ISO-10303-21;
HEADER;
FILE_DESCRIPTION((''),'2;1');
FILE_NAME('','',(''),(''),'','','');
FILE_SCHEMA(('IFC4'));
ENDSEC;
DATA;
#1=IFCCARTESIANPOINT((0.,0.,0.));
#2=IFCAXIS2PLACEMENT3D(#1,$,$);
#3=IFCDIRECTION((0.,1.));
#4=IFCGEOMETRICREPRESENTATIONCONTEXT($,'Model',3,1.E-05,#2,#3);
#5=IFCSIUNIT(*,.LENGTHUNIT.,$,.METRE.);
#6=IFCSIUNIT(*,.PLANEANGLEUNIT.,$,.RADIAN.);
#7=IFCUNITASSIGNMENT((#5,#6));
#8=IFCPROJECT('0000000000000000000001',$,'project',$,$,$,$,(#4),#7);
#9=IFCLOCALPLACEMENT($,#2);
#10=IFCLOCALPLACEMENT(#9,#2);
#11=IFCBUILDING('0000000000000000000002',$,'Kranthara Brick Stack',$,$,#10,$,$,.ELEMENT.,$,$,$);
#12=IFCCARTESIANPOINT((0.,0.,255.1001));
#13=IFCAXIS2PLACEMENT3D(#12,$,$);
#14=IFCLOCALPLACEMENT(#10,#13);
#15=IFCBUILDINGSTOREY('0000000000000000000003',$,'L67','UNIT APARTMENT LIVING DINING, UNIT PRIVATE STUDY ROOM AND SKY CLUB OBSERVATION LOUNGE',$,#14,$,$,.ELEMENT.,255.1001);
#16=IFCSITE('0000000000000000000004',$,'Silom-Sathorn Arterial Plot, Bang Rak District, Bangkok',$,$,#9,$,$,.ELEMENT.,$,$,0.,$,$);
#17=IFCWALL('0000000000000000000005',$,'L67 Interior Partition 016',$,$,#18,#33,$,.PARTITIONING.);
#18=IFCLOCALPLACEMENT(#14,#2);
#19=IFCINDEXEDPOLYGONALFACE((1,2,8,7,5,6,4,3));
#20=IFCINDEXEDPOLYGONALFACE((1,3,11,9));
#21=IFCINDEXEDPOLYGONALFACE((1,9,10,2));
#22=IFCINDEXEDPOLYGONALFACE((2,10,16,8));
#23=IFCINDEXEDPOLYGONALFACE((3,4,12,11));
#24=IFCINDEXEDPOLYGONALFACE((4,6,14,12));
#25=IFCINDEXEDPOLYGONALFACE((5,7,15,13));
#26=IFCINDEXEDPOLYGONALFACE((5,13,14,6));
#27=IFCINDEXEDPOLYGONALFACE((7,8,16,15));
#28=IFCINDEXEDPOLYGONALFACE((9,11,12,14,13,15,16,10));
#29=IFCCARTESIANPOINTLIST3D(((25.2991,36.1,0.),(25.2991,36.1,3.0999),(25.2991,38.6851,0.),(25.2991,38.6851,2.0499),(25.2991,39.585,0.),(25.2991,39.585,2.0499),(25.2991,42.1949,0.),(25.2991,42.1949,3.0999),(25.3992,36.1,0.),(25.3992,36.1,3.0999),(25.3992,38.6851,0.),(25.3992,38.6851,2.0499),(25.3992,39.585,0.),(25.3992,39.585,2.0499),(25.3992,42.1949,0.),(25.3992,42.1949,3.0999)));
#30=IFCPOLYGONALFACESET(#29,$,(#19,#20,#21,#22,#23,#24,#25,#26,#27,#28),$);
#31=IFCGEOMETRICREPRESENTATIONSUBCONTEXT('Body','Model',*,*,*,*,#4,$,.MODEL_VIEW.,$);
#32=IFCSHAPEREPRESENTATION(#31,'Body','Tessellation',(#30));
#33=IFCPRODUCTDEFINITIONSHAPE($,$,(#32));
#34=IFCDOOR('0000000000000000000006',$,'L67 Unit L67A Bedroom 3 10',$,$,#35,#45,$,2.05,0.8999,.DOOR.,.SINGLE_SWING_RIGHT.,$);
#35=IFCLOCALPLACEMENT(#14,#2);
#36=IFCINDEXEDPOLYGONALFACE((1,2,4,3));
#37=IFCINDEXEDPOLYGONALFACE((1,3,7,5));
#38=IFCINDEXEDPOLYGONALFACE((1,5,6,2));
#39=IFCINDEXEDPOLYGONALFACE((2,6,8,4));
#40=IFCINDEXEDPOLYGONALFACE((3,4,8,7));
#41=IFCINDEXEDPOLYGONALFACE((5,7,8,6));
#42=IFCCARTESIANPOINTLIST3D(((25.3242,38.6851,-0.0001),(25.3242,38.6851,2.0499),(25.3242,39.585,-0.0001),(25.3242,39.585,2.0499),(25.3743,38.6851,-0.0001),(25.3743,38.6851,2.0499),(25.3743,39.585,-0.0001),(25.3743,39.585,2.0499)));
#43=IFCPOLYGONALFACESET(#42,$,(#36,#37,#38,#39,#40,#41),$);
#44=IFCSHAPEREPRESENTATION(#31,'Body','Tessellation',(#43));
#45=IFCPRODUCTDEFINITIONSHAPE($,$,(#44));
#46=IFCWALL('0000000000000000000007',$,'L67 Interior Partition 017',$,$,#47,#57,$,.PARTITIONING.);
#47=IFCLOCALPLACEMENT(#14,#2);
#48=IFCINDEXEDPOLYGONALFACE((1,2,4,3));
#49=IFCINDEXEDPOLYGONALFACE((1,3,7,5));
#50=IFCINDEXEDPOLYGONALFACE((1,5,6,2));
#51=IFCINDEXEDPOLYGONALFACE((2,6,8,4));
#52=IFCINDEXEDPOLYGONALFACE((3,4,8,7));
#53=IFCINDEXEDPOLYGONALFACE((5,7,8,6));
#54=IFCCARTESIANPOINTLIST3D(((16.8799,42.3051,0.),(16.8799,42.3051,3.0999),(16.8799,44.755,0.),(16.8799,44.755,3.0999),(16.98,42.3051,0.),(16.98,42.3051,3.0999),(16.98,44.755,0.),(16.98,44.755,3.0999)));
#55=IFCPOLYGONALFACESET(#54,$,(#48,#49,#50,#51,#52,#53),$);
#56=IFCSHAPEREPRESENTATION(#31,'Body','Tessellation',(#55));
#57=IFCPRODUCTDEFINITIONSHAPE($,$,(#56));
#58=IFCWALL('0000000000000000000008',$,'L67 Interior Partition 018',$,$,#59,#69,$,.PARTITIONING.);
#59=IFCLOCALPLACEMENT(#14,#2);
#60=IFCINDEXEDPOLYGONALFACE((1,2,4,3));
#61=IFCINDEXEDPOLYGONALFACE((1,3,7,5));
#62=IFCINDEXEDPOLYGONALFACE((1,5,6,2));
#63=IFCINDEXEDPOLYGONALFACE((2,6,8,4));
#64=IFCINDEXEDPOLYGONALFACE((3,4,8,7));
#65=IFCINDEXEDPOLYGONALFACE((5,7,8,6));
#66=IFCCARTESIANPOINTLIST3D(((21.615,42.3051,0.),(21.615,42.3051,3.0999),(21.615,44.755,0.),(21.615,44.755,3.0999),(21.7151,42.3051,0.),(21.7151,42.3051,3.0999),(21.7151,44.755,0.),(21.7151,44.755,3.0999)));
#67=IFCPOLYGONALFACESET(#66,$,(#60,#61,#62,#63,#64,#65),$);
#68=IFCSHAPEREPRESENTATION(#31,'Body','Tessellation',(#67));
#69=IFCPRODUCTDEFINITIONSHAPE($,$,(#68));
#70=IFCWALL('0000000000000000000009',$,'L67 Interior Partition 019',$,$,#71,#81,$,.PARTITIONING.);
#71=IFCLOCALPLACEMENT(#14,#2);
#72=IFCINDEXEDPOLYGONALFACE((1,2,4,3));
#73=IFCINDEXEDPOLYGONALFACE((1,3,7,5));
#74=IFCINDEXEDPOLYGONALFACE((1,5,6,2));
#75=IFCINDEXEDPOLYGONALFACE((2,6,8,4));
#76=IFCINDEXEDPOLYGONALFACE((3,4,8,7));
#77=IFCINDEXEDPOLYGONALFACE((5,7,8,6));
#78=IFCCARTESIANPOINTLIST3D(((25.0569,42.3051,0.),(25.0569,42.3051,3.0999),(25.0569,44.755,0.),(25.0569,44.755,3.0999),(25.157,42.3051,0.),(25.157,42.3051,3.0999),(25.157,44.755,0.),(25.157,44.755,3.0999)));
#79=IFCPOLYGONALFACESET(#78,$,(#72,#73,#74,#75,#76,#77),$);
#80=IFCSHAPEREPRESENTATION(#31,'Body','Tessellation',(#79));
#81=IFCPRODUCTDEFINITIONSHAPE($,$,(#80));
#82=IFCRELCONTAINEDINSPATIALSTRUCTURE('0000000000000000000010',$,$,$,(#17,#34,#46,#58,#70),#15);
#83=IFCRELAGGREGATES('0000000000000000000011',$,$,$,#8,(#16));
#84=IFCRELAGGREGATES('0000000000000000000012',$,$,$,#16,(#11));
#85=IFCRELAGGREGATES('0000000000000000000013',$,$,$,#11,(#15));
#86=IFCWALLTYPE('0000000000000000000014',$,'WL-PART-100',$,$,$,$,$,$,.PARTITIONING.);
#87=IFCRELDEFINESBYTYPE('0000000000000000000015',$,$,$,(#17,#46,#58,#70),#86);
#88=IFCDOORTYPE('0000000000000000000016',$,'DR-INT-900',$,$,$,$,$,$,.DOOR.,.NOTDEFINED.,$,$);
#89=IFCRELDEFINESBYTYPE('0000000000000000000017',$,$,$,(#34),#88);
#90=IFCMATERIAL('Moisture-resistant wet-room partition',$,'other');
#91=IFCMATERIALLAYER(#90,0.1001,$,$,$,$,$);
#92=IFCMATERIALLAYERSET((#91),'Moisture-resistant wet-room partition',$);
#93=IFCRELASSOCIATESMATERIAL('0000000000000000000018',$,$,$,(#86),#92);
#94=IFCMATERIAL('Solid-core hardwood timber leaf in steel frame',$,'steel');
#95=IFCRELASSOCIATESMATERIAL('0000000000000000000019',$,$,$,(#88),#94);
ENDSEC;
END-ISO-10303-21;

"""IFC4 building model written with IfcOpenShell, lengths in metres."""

from ifc_helpers import new_model, si_unit, direction, frame, frame_2d, origin, place, context, subcontext, project, spatial, rectangle, extrude, material, layer, layer_set, type_object, element, fill, save


model = new_model("IFC4")

# Units and contexts
model_context = context("Model", 3, precision=1e-05, world=origin(), true_north=direction((0.0, 1.0)))
body_context = subcontext(model_context, "Body", "Model", "MODEL_VIEW")
ifc_project = project(units=[si_unit("LENGTHUNIT", "METRE"), si_unit("PLANEANGLEUNIT", "RADIAN")], contexts=[model_context])

# Site, building, storey
site_placement = place(None, origin())
site = spatial("IfcSite", under=ifc_project, at=site_placement, Name="Silom-Sathorn Arterial Plot, Bang Rak District, Bangkok", CompositionType="ELEMENT", RefElevation=0.0)
building_placement = place(site_placement, origin())
building = spatial("IfcBuilding", under=site, at=building_placement, Name="Kranthara Brick Stack", CompositionType="ELEMENT")
storey_placement = place(building_placement, frame((0.0, 0.0, 255.1001)))
storey = spatial("IfcBuildingStorey", under=building, at=storey_placement, Name="L67", Description="UNIT APARTMENT LIVING DINING, UNIT PRIVATE STUDY ROOM AND SKY CLUB OBSERVATION LOUNGE", CompositionType="ELEMENT", Elevation=255.1001)

# Wall, opening, door
ifc_material_1 = material(Name="Moisture-resistant wet-room partition", Category="other")
ifc_layer = layer(ifc_material_1, 0.1001)
ifc_layer_set = layer_set([ifc_layer], Name="Moisture-resistant wet-room partition")
wall_type = type_object("IfcWallType", Name="WL-PART-100", PredefinedType="PARTITIONING", material=ifc_layer_set)
wall_placement = place(storey_placement, frame((25.3491, 36.1001, 0.0), z_axis=(0.0, 0.0, 1.0), x_axis=(0.0, 1.0, 0.0)))
wall = element("IfcWall", 1, at=wall_placement, inside=storey, type_object=wall_type, Name="L67 Interior Partition 016", PredefinedType="PARTITIONING", context=body_context, shape_type="SweptSolid", body=[
    extrude(rectangle(XDim=6.095, YDim=0.1001, at=frame_2d((3.0474, 0.0))), origin(), (0.0, 0.0, 1.0), 3.0999),
])
opening_placement = place(wall_placement, frame((2.585, 0.0, 0.0)))
opening = element("IfcOpeningElement", 2, at=opening_placement, cuts=wall, PredefinedType="OPENING", context=body_context, shape_type="SweptSolid", body=[
    extrude(rectangle(XDim=0.8999, YDim=2.05, at=frame_2d((0.45, 1.0249))), frame((0.0, 0.0601, 0.0), z_axis=(0.0, -1.0, 0.0), x_axis=(1.0, 0.0, 0.0)), (0.0, 0.0, 1.0), 0.1201),
])
ifc_material_2 = material(Name="Solid-core hardwood timber leaf in steel frame", Category="steel")
door_type = type_object("IfcDoorType", Name="DR-INT-900", OperationType="NOTDEFINED", PredefinedType="DOOR", material=ifc_material_2)
door_placement = place(opening_placement, origin())
door = element("IfcDoor", 3, at=door_placement, inside=storey, type_object=door_type, Name="L67 Unit L67A Bedroom 3 10", OperationType="SINGLE_SWING_RIGHT", OverallHeight=2.05, OverallWidth=0.8999, PredefinedType="DOOR", context=body_context, shape_type="SweptSolid", body=[
    extrude(rectangle(XDim=0.8999, YDim=2.05, at=frame_2d((0.45, 1.0249))), frame((0.0, 0.0249, 0.0), z_axis=(0.0, -1.0, 0.0), x_axis=(1.0, 0.0, 0.0)), (0.0, 0.0, 1.0), 0.05),
])
fill(opening, door)

# Walls
for number, where, z_axis, x_axis, name in (
    (4, (16.9299, 42.3049, 0.0), (0.0, 0.0, 1.0), (0.0, 1.0, 0.0), "L67 Interior Partition 017"),
    (5, (21.665, 42.3049, 0.0), (0.0, 0.0, 1.0), (0.0, 1.0, 0.0), "L67 Interior Partition 018"),
    (6, (25.1069, 42.3049, 0.0), (0.0, 0.0, 1.0), (0.0, 1.0, 0.0), "L67 Interior Partition 019"),
):
    element("IfcWall", number, at=place(storey_placement, frame(where, z_axis=z_axis, x_axis=x_axis)), inside=storey, type_object=wall_type, Name=name, PredefinedType="PARTITIONING", context=body_context, shape_type="SweptSolid", body=[
        extrude(rectangle(XDim=2.45, YDim=0.1001, at=frame_2d((1.2251, 0.0))), origin(), (0.0, 0.0, 1.0), 3.0999),
    ])

save(model, "model.ifc")
